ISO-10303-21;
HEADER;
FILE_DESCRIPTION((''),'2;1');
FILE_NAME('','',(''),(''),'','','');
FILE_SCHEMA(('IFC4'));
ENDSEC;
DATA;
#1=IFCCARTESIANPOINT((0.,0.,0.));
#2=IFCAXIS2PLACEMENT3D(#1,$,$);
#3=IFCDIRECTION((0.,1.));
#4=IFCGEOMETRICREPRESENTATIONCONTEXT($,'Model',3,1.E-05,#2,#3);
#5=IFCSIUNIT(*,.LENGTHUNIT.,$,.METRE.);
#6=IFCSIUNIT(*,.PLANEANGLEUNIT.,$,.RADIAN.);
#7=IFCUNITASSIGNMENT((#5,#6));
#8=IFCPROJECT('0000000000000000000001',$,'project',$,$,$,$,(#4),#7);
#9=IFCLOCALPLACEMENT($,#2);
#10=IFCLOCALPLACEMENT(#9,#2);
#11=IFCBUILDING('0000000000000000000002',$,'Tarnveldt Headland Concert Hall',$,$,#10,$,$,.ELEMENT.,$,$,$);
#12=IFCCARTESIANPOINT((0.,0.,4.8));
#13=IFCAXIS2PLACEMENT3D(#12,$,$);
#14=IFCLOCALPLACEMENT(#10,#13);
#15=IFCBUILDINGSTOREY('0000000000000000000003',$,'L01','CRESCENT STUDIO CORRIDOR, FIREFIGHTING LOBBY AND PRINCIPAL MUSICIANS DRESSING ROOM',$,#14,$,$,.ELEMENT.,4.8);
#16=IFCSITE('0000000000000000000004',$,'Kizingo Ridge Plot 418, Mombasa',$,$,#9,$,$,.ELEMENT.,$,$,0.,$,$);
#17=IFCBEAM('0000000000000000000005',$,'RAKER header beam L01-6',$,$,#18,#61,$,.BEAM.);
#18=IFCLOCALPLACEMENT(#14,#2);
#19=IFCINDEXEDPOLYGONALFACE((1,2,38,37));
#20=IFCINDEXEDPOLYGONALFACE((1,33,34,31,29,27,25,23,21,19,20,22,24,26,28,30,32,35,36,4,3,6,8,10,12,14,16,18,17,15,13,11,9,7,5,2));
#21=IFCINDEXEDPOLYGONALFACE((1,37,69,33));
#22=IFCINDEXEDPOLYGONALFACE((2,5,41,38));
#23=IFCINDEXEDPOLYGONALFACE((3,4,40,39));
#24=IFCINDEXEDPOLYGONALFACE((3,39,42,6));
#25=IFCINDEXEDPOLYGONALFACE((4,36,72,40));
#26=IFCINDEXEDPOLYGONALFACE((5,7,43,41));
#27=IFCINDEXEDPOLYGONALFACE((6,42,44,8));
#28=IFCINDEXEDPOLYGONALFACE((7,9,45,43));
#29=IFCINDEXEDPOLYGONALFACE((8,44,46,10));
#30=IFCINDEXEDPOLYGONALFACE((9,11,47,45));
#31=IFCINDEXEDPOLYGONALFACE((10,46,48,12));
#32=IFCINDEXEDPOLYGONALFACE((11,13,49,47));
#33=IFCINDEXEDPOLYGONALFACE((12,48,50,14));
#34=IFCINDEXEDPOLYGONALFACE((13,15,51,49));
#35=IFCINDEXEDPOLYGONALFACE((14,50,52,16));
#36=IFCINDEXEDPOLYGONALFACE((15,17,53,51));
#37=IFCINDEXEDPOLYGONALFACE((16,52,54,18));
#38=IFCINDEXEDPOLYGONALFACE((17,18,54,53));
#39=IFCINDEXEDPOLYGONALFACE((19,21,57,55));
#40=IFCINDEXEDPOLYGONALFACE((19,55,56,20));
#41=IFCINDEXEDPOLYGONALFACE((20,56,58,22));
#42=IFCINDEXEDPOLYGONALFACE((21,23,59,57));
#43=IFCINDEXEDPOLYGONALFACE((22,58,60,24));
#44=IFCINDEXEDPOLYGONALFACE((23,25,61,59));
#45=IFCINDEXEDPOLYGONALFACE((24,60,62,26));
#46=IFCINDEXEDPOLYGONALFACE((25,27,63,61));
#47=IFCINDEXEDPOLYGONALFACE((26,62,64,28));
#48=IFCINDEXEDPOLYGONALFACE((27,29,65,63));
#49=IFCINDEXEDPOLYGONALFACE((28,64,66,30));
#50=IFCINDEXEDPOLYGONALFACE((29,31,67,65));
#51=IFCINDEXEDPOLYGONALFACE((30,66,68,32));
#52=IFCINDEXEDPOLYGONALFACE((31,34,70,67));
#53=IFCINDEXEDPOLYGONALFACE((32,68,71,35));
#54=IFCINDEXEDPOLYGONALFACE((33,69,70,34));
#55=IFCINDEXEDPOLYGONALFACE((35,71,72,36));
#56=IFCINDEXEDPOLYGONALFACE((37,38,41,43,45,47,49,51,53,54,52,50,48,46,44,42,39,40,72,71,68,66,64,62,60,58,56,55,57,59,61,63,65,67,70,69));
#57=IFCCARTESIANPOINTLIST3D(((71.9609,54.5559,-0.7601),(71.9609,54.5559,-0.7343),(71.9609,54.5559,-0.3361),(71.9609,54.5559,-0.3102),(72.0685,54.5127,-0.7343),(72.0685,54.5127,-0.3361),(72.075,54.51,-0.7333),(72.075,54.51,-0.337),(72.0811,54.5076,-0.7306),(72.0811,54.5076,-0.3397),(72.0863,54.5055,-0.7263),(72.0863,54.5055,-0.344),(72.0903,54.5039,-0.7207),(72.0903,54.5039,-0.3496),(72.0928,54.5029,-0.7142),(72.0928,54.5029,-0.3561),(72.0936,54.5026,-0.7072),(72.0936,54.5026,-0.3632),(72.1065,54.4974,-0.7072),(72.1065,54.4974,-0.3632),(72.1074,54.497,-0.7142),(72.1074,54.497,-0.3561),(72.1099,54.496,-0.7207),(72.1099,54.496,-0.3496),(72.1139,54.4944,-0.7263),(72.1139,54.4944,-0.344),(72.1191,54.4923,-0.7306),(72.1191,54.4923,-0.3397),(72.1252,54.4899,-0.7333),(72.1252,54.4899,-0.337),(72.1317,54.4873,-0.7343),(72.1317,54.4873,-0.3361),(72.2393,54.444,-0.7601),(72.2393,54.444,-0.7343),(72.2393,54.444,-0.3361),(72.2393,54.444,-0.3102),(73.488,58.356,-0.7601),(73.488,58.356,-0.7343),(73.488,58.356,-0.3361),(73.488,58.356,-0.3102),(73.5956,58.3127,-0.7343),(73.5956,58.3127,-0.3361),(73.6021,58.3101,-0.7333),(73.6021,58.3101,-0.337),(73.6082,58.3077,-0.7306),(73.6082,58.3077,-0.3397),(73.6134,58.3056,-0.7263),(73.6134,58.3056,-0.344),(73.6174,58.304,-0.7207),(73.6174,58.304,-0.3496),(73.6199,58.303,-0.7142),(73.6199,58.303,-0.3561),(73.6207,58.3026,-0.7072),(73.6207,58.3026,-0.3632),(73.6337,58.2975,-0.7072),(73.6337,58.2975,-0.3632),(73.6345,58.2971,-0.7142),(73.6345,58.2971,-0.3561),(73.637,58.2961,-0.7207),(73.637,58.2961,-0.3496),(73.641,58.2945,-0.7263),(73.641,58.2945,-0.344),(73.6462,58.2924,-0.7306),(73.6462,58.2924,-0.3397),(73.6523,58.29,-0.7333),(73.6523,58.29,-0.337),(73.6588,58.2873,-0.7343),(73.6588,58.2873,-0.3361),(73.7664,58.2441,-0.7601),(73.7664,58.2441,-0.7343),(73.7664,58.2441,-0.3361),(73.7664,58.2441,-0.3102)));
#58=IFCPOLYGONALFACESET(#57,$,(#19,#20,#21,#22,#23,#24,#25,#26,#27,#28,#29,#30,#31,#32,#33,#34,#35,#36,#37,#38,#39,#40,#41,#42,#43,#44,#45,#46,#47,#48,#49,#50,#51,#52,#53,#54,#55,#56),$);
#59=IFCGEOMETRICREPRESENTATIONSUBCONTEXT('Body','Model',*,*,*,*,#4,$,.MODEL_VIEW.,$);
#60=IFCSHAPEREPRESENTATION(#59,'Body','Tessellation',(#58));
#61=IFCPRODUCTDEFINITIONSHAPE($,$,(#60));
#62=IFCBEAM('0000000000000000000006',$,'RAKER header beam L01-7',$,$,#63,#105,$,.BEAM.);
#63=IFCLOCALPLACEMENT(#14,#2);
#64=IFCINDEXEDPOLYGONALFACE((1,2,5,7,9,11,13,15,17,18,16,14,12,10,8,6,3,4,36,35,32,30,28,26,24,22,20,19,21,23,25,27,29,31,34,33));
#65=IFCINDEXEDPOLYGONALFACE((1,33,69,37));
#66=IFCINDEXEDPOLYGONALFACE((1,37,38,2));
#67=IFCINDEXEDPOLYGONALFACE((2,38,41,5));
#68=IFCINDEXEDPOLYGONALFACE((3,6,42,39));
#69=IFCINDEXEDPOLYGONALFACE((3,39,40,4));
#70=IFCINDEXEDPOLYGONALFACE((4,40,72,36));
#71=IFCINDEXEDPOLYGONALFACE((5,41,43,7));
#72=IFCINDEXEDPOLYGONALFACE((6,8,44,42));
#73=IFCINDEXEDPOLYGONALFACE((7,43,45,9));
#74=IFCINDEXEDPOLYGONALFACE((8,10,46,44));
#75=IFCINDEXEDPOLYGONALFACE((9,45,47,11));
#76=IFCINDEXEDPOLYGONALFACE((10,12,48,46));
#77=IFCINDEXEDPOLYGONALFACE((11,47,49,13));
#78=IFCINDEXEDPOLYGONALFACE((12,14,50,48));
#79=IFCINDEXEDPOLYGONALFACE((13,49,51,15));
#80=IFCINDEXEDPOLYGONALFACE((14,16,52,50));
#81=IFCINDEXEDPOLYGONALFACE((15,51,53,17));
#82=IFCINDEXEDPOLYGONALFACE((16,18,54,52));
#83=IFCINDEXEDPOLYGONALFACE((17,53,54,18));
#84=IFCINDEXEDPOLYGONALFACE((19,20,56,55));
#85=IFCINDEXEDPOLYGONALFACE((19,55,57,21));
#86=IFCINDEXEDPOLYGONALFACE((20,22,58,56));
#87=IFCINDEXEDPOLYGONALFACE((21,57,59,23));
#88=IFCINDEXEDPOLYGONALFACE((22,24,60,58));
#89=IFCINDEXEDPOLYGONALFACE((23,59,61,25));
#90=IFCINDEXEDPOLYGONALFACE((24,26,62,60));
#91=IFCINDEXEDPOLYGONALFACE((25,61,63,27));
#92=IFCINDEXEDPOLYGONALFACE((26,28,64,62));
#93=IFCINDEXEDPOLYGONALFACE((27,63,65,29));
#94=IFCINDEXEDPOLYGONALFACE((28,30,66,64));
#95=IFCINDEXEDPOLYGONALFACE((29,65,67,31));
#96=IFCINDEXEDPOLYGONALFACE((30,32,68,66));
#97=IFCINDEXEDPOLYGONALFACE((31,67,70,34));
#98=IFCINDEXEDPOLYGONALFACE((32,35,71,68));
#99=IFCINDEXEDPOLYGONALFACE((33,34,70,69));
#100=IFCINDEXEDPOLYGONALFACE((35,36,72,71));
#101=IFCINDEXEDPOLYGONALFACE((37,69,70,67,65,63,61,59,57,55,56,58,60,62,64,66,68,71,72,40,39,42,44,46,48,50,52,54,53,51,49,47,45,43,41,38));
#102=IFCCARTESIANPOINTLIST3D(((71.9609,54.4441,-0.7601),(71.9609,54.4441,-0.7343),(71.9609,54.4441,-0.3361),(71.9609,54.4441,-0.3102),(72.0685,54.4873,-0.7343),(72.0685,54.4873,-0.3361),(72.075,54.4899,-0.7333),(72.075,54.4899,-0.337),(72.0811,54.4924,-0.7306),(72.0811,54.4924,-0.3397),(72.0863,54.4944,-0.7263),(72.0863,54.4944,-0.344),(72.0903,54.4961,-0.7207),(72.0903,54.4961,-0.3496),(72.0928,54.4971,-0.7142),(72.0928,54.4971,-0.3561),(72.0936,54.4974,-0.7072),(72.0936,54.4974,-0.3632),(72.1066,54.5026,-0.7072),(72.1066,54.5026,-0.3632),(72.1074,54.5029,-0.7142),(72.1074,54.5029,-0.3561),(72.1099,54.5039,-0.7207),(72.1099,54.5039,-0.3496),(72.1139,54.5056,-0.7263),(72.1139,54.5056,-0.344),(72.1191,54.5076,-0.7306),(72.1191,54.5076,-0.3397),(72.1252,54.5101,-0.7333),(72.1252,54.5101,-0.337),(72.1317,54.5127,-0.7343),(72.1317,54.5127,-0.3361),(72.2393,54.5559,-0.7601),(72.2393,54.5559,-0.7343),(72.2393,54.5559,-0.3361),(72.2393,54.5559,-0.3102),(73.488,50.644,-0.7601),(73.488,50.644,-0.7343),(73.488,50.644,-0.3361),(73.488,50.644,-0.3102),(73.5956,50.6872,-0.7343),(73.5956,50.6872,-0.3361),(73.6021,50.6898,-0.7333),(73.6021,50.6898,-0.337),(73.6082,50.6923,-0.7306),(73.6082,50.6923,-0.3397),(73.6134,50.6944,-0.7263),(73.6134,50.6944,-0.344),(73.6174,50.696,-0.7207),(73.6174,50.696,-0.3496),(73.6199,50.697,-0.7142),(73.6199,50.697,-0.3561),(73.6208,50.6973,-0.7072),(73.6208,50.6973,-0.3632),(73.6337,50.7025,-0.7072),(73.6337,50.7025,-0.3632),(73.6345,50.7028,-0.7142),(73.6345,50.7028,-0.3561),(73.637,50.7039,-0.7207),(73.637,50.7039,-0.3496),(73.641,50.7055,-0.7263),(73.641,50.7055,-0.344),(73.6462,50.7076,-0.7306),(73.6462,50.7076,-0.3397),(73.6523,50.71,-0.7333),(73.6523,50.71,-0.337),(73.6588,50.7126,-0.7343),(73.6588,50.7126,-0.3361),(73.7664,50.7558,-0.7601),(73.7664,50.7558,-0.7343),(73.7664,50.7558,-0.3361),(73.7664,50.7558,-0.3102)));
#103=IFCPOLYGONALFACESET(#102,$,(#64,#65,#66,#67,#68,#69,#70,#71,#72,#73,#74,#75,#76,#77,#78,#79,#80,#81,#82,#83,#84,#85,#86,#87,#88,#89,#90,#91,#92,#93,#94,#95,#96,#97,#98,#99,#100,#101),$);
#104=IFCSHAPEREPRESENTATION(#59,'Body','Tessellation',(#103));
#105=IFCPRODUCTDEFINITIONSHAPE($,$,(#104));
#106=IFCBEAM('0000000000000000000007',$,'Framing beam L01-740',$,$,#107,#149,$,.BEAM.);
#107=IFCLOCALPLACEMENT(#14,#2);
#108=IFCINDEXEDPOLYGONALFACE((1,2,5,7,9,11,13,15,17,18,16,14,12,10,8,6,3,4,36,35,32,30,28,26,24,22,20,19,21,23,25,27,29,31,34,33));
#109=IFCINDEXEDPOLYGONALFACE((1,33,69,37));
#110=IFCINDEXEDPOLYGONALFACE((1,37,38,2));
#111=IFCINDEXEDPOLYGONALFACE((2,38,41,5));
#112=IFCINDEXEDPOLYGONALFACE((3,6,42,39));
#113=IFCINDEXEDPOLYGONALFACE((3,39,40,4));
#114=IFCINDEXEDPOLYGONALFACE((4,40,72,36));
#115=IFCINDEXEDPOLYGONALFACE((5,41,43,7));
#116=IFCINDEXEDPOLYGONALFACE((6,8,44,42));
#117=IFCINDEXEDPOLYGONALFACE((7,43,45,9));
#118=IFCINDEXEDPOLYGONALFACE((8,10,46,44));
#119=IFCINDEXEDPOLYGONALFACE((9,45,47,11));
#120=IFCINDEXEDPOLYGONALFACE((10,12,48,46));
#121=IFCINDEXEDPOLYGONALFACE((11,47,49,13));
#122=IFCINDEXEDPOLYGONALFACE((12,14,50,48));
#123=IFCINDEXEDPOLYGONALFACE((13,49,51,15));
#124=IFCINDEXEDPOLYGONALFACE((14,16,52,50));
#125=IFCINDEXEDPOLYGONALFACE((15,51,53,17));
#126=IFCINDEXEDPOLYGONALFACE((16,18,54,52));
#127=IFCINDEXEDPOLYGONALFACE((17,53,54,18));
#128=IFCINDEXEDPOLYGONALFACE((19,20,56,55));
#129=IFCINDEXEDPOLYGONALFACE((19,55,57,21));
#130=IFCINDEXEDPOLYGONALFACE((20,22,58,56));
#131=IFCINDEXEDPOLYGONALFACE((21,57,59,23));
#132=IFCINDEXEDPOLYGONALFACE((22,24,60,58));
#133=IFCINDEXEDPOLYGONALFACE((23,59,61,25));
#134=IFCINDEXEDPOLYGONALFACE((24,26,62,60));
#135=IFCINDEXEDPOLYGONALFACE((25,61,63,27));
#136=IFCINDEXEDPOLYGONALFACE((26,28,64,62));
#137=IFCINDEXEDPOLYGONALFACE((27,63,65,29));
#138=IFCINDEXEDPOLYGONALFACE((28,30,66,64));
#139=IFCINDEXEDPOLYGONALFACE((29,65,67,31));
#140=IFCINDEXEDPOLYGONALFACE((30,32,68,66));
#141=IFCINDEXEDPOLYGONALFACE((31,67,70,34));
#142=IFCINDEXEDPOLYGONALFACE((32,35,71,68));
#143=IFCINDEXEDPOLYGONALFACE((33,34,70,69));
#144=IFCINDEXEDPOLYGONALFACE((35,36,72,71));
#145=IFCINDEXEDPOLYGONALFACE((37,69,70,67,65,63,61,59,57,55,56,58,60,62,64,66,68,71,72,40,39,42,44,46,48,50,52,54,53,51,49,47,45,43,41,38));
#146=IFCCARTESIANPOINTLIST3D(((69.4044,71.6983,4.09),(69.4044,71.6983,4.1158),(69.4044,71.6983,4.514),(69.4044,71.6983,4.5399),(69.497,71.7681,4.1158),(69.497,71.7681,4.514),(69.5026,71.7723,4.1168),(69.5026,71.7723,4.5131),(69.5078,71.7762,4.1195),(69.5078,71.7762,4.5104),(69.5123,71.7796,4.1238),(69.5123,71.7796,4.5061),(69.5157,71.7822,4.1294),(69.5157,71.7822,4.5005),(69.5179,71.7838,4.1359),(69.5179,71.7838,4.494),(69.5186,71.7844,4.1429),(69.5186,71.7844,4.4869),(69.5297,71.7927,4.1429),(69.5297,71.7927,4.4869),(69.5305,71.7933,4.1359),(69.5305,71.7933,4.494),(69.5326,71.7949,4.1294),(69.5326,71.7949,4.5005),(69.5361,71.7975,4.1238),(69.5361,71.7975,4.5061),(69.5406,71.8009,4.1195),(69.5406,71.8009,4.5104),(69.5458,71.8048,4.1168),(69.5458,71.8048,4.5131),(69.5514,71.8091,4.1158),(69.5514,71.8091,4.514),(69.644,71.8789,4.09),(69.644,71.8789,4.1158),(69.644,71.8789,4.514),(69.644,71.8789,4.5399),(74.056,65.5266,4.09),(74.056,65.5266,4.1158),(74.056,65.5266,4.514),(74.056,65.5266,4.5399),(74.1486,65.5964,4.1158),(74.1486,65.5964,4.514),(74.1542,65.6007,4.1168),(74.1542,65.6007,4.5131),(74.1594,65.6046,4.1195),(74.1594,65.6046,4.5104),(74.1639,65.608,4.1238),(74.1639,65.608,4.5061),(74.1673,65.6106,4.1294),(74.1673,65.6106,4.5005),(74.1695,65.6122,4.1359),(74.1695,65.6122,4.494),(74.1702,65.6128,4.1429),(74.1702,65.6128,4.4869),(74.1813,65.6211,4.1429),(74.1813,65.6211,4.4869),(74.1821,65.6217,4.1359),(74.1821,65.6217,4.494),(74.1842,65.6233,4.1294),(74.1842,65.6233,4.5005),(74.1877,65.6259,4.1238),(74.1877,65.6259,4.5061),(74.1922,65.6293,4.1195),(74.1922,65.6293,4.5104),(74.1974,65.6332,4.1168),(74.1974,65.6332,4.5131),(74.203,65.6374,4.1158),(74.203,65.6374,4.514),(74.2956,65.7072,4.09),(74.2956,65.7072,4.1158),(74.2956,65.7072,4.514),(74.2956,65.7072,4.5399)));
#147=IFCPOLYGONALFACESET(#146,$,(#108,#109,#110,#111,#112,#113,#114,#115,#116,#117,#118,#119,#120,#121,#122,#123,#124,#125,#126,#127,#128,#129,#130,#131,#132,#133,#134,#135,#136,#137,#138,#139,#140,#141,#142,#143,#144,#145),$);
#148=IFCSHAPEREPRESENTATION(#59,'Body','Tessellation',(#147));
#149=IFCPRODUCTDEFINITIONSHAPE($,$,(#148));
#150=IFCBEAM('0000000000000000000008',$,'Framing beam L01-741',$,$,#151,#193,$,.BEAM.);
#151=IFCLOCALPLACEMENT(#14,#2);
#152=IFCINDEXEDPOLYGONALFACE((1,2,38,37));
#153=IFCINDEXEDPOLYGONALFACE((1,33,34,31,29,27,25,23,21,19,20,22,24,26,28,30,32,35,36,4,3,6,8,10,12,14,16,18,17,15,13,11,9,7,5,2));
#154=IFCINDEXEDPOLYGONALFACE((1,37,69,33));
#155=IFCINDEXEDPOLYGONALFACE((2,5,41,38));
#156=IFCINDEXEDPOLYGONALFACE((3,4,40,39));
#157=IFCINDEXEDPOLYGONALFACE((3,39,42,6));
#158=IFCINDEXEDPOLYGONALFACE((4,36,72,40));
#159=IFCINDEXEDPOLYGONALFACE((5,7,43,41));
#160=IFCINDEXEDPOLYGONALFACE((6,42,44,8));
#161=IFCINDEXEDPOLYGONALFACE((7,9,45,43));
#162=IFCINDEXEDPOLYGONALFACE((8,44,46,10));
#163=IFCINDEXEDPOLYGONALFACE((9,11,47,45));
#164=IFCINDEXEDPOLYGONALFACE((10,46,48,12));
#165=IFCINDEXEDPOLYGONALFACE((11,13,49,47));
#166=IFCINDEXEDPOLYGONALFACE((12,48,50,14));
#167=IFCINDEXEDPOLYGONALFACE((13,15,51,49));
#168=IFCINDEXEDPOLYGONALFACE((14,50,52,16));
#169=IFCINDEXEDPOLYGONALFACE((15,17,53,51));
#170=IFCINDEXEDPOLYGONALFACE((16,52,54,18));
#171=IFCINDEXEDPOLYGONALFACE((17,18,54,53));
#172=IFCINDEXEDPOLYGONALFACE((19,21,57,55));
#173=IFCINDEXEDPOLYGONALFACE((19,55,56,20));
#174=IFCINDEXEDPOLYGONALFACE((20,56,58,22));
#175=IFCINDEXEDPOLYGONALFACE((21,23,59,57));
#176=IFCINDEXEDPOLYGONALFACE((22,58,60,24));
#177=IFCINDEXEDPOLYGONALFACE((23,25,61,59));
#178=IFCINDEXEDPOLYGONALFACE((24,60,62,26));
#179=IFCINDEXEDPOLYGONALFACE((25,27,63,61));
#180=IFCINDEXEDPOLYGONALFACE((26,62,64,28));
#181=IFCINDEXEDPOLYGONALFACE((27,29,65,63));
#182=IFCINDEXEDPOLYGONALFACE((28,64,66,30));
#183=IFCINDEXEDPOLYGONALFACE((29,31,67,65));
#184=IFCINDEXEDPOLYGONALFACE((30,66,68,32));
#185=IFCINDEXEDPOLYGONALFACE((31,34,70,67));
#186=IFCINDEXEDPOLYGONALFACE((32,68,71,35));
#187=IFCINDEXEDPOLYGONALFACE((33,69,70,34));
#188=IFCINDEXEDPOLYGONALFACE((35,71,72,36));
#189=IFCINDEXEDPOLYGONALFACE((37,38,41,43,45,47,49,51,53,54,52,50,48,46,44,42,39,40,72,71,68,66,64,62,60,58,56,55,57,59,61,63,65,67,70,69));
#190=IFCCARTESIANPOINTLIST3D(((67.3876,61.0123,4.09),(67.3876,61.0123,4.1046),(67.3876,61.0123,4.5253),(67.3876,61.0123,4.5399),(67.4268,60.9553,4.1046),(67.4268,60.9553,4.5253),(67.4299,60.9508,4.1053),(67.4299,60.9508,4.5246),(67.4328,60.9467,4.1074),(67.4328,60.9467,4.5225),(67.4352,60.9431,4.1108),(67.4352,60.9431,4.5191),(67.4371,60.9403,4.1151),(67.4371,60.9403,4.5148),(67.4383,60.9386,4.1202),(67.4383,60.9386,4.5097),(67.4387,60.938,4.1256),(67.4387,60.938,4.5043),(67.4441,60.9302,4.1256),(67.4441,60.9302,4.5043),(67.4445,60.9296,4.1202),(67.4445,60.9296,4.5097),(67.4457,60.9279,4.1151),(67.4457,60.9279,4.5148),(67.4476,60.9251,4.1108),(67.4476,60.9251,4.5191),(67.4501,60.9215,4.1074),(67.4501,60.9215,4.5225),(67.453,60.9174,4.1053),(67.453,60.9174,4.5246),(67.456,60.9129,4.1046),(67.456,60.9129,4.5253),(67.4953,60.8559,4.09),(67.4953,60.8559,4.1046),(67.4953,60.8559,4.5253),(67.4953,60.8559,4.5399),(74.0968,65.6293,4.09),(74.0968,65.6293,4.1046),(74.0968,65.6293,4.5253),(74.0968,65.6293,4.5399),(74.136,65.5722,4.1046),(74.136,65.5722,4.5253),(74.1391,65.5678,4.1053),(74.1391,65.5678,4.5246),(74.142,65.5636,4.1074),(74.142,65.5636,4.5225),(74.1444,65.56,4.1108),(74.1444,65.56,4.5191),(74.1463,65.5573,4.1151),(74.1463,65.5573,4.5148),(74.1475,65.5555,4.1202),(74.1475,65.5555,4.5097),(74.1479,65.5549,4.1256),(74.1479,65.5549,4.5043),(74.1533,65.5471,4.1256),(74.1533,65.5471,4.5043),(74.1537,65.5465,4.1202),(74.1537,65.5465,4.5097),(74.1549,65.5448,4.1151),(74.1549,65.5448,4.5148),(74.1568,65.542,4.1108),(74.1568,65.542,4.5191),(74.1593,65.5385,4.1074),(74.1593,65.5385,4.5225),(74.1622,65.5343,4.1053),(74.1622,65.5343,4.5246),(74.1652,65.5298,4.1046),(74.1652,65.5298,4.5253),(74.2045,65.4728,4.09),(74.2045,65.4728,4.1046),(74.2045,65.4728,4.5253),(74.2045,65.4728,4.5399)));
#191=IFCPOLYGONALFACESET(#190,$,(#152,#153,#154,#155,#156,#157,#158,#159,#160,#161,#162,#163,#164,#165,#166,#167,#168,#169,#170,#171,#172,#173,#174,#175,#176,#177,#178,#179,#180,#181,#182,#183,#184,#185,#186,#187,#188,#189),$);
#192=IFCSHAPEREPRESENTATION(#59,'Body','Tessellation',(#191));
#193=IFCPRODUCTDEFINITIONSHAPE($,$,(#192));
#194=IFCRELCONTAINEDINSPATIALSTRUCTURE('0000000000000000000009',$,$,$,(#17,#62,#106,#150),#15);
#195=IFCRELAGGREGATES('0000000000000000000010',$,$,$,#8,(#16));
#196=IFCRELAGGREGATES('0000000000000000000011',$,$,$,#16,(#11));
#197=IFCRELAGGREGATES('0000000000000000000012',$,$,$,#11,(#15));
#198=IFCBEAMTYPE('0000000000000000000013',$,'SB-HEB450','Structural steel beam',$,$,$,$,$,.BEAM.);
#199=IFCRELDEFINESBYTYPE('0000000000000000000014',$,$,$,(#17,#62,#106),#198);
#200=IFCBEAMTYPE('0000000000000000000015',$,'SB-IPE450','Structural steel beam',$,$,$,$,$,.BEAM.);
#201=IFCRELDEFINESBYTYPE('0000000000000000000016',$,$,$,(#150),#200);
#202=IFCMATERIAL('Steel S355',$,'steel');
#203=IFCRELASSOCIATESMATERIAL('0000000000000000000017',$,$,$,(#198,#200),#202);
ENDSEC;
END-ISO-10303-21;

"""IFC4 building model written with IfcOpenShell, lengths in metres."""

from ifc_helpers import new_model, si_unit, direction, frame, origin, origin_2d, place, context, subcontext, project, spatial, i_section, extrude, material, material_profile, profile_set, type_object, element, save


model = new_model("IFC4")

# Units and contexts
model_context = context("Model", 3, precision=1e-05, world=origin(), true_north=direction((0.0, 1.0)))
body_context = subcontext(model_context, "Body", "Model", "MODEL_VIEW")
ifc_project = project(units=[si_unit("LENGTHUNIT", "METRE"), si_unit("PLANEANGLEUNIT", "RADIAN")], contexts=[model_context])

# Site, building, storey
site_placement = place(None, origin())
site = spatial("IfcSite", under=ifc_project, at=site_placement, Name="Kizingo Ridge Plot 418, Mombasa", CompositionType="ELEMENT", RefElevation=0.0)
building_placement = place(site_placement, origin())
building = spatial("IfcBuilding", under=site, at=building_placement, Name="Tarnveldt Headland Concert Hall", CompositionType="ELEMENT")
storey_placement = place(building_placement, frame((0.0, 0.0, 4.8)))
storey = spatial("IfcBuildingStorey", under=building, at=storey_placement, Name="L01", Description="CRESCENT STUDIO CORRIDOR, FIREFIGHTING LOBBY AND PRINCIPAL MUSICIANS DRESSING ROOM", CompositionType="ELEMENT", Elevation=4.8)

# Shared definitions
ifc_material_1 = material(Name="Steel S355", Category="steel")

# Beams
ifc_material_profile_1 = material_profile(ifc_material_1, i_section(OverallWidth=0.3, OverallDepth=0.45, WebThickness=0.0139, FlangeThickness=0.0259, FilletRadius=0.0271, at=origin_2d()), Name="HEB450", Category="steel")
ifc_profile_set_1 = profile_set([ifc_material_profile_1], Name="Steel S355")
beam_type_1 = type_object("IfcBeamType", Name="SB-HEB450", Description="Structural steel beam", PredefinedType="BEAM", material=ifc_profile_set_1)
for number, where, z_axis, x_axis, name in (
    (1, (73.6272, 58.3, -0.5352), (-0.372881, -0.927879, 0.0), (0.927879, -0.372881, 0.0), "RAKER header beam L01-6"),
    (2, (72.1001, 54.5, -0.5352), (0.372881, -0.927879, 0.0), (0.927879, 0.372881, 0.0), "RAKER header beam L01-7"),
):
    element("IfcBeam", number, at=place(storey_placement, frame(where, z_axis=z_axis, x_axis=x_axis)), inside=storey, type_object=beam_type_1, Name=name, PredefinedType="BEAM", context=body_context, shape_type="SweptSolid", body=[
        extrude(i_section(OverallWidth=0.3, OverallDepth=0.45, WebThickness=0.0139, FlangeThickness=0.0259, FilletRadius=0.0271, at=origin_2d()), origin(), (0.0, 0.0, 1.0), 4.0955),
    ])
beam_1_placement = place(storey_placement, frame((74.1758, 65.6169, 4.3149), z_axis=(-0.601894, 0.798576, 0.0), x_axis=(-0.798576, -0.601894, 0.0)))
element("IfcBeam", 3, at=beam_1_placement, inside=storey, type_object=beam_type_1, Name="Framing beam L01-740", PredefinedType="BEAM", context=body_context, shape_type="SweptSolid", body=[
    extrude(i_section(OverallWidth=0.3, OverallDepth=0.45, WebThickness=0.0139, FlangeThickness=0.0259, FilletRadius=0.0271, at=origin_2d()), origin(), (0.0, 0.0, 1.0), 7.7283),
])
ifc_material_profile_2 = material_profile(ifc_material_1, i_section(OverallWidth=0.1899, OverallDepth=0.45, WebThickness=0.0095, FlangeThickness=0.0146, FilletRadius=0.021, at=origin_2d()), Name="IPE450", Category="steel")
ifc_profile_set_2 = profile_set([ifc_material_profile_2], Name="Steel S355")
beam_type_2 = type_object("IfcBeamType", Name="SB-IPE450", Description="Structural steel beam", PredefinedType="BEAM", material=ifc_profile_set_2)
beam_2_placement = place(storey_placement, frame((74.1506, 65.551, 4.3149), z_axis=(-0.823793, -0.566891, 0.0), x_axis=(0.566891, -0.823793, 0.0)))
element("IfcBeam", 4, at=beam_2_placement, inside=storey, type_object=beam_type_2, Name="Framing beam L01-741", PredefinedType="BEAM", context=body_context, shape_type="SweptSolid", body=[
    extrude(i_section(OverallWidth=0.1899, OverallDepth=0.45, WebThickness=0.0095, FlangeThickness=0.0146, FilletRadius=0.021, at=origin_2d()), origin(), (0.0, 0.0, 1.0), 8.1443),
])

save(model, "model.ifc")
